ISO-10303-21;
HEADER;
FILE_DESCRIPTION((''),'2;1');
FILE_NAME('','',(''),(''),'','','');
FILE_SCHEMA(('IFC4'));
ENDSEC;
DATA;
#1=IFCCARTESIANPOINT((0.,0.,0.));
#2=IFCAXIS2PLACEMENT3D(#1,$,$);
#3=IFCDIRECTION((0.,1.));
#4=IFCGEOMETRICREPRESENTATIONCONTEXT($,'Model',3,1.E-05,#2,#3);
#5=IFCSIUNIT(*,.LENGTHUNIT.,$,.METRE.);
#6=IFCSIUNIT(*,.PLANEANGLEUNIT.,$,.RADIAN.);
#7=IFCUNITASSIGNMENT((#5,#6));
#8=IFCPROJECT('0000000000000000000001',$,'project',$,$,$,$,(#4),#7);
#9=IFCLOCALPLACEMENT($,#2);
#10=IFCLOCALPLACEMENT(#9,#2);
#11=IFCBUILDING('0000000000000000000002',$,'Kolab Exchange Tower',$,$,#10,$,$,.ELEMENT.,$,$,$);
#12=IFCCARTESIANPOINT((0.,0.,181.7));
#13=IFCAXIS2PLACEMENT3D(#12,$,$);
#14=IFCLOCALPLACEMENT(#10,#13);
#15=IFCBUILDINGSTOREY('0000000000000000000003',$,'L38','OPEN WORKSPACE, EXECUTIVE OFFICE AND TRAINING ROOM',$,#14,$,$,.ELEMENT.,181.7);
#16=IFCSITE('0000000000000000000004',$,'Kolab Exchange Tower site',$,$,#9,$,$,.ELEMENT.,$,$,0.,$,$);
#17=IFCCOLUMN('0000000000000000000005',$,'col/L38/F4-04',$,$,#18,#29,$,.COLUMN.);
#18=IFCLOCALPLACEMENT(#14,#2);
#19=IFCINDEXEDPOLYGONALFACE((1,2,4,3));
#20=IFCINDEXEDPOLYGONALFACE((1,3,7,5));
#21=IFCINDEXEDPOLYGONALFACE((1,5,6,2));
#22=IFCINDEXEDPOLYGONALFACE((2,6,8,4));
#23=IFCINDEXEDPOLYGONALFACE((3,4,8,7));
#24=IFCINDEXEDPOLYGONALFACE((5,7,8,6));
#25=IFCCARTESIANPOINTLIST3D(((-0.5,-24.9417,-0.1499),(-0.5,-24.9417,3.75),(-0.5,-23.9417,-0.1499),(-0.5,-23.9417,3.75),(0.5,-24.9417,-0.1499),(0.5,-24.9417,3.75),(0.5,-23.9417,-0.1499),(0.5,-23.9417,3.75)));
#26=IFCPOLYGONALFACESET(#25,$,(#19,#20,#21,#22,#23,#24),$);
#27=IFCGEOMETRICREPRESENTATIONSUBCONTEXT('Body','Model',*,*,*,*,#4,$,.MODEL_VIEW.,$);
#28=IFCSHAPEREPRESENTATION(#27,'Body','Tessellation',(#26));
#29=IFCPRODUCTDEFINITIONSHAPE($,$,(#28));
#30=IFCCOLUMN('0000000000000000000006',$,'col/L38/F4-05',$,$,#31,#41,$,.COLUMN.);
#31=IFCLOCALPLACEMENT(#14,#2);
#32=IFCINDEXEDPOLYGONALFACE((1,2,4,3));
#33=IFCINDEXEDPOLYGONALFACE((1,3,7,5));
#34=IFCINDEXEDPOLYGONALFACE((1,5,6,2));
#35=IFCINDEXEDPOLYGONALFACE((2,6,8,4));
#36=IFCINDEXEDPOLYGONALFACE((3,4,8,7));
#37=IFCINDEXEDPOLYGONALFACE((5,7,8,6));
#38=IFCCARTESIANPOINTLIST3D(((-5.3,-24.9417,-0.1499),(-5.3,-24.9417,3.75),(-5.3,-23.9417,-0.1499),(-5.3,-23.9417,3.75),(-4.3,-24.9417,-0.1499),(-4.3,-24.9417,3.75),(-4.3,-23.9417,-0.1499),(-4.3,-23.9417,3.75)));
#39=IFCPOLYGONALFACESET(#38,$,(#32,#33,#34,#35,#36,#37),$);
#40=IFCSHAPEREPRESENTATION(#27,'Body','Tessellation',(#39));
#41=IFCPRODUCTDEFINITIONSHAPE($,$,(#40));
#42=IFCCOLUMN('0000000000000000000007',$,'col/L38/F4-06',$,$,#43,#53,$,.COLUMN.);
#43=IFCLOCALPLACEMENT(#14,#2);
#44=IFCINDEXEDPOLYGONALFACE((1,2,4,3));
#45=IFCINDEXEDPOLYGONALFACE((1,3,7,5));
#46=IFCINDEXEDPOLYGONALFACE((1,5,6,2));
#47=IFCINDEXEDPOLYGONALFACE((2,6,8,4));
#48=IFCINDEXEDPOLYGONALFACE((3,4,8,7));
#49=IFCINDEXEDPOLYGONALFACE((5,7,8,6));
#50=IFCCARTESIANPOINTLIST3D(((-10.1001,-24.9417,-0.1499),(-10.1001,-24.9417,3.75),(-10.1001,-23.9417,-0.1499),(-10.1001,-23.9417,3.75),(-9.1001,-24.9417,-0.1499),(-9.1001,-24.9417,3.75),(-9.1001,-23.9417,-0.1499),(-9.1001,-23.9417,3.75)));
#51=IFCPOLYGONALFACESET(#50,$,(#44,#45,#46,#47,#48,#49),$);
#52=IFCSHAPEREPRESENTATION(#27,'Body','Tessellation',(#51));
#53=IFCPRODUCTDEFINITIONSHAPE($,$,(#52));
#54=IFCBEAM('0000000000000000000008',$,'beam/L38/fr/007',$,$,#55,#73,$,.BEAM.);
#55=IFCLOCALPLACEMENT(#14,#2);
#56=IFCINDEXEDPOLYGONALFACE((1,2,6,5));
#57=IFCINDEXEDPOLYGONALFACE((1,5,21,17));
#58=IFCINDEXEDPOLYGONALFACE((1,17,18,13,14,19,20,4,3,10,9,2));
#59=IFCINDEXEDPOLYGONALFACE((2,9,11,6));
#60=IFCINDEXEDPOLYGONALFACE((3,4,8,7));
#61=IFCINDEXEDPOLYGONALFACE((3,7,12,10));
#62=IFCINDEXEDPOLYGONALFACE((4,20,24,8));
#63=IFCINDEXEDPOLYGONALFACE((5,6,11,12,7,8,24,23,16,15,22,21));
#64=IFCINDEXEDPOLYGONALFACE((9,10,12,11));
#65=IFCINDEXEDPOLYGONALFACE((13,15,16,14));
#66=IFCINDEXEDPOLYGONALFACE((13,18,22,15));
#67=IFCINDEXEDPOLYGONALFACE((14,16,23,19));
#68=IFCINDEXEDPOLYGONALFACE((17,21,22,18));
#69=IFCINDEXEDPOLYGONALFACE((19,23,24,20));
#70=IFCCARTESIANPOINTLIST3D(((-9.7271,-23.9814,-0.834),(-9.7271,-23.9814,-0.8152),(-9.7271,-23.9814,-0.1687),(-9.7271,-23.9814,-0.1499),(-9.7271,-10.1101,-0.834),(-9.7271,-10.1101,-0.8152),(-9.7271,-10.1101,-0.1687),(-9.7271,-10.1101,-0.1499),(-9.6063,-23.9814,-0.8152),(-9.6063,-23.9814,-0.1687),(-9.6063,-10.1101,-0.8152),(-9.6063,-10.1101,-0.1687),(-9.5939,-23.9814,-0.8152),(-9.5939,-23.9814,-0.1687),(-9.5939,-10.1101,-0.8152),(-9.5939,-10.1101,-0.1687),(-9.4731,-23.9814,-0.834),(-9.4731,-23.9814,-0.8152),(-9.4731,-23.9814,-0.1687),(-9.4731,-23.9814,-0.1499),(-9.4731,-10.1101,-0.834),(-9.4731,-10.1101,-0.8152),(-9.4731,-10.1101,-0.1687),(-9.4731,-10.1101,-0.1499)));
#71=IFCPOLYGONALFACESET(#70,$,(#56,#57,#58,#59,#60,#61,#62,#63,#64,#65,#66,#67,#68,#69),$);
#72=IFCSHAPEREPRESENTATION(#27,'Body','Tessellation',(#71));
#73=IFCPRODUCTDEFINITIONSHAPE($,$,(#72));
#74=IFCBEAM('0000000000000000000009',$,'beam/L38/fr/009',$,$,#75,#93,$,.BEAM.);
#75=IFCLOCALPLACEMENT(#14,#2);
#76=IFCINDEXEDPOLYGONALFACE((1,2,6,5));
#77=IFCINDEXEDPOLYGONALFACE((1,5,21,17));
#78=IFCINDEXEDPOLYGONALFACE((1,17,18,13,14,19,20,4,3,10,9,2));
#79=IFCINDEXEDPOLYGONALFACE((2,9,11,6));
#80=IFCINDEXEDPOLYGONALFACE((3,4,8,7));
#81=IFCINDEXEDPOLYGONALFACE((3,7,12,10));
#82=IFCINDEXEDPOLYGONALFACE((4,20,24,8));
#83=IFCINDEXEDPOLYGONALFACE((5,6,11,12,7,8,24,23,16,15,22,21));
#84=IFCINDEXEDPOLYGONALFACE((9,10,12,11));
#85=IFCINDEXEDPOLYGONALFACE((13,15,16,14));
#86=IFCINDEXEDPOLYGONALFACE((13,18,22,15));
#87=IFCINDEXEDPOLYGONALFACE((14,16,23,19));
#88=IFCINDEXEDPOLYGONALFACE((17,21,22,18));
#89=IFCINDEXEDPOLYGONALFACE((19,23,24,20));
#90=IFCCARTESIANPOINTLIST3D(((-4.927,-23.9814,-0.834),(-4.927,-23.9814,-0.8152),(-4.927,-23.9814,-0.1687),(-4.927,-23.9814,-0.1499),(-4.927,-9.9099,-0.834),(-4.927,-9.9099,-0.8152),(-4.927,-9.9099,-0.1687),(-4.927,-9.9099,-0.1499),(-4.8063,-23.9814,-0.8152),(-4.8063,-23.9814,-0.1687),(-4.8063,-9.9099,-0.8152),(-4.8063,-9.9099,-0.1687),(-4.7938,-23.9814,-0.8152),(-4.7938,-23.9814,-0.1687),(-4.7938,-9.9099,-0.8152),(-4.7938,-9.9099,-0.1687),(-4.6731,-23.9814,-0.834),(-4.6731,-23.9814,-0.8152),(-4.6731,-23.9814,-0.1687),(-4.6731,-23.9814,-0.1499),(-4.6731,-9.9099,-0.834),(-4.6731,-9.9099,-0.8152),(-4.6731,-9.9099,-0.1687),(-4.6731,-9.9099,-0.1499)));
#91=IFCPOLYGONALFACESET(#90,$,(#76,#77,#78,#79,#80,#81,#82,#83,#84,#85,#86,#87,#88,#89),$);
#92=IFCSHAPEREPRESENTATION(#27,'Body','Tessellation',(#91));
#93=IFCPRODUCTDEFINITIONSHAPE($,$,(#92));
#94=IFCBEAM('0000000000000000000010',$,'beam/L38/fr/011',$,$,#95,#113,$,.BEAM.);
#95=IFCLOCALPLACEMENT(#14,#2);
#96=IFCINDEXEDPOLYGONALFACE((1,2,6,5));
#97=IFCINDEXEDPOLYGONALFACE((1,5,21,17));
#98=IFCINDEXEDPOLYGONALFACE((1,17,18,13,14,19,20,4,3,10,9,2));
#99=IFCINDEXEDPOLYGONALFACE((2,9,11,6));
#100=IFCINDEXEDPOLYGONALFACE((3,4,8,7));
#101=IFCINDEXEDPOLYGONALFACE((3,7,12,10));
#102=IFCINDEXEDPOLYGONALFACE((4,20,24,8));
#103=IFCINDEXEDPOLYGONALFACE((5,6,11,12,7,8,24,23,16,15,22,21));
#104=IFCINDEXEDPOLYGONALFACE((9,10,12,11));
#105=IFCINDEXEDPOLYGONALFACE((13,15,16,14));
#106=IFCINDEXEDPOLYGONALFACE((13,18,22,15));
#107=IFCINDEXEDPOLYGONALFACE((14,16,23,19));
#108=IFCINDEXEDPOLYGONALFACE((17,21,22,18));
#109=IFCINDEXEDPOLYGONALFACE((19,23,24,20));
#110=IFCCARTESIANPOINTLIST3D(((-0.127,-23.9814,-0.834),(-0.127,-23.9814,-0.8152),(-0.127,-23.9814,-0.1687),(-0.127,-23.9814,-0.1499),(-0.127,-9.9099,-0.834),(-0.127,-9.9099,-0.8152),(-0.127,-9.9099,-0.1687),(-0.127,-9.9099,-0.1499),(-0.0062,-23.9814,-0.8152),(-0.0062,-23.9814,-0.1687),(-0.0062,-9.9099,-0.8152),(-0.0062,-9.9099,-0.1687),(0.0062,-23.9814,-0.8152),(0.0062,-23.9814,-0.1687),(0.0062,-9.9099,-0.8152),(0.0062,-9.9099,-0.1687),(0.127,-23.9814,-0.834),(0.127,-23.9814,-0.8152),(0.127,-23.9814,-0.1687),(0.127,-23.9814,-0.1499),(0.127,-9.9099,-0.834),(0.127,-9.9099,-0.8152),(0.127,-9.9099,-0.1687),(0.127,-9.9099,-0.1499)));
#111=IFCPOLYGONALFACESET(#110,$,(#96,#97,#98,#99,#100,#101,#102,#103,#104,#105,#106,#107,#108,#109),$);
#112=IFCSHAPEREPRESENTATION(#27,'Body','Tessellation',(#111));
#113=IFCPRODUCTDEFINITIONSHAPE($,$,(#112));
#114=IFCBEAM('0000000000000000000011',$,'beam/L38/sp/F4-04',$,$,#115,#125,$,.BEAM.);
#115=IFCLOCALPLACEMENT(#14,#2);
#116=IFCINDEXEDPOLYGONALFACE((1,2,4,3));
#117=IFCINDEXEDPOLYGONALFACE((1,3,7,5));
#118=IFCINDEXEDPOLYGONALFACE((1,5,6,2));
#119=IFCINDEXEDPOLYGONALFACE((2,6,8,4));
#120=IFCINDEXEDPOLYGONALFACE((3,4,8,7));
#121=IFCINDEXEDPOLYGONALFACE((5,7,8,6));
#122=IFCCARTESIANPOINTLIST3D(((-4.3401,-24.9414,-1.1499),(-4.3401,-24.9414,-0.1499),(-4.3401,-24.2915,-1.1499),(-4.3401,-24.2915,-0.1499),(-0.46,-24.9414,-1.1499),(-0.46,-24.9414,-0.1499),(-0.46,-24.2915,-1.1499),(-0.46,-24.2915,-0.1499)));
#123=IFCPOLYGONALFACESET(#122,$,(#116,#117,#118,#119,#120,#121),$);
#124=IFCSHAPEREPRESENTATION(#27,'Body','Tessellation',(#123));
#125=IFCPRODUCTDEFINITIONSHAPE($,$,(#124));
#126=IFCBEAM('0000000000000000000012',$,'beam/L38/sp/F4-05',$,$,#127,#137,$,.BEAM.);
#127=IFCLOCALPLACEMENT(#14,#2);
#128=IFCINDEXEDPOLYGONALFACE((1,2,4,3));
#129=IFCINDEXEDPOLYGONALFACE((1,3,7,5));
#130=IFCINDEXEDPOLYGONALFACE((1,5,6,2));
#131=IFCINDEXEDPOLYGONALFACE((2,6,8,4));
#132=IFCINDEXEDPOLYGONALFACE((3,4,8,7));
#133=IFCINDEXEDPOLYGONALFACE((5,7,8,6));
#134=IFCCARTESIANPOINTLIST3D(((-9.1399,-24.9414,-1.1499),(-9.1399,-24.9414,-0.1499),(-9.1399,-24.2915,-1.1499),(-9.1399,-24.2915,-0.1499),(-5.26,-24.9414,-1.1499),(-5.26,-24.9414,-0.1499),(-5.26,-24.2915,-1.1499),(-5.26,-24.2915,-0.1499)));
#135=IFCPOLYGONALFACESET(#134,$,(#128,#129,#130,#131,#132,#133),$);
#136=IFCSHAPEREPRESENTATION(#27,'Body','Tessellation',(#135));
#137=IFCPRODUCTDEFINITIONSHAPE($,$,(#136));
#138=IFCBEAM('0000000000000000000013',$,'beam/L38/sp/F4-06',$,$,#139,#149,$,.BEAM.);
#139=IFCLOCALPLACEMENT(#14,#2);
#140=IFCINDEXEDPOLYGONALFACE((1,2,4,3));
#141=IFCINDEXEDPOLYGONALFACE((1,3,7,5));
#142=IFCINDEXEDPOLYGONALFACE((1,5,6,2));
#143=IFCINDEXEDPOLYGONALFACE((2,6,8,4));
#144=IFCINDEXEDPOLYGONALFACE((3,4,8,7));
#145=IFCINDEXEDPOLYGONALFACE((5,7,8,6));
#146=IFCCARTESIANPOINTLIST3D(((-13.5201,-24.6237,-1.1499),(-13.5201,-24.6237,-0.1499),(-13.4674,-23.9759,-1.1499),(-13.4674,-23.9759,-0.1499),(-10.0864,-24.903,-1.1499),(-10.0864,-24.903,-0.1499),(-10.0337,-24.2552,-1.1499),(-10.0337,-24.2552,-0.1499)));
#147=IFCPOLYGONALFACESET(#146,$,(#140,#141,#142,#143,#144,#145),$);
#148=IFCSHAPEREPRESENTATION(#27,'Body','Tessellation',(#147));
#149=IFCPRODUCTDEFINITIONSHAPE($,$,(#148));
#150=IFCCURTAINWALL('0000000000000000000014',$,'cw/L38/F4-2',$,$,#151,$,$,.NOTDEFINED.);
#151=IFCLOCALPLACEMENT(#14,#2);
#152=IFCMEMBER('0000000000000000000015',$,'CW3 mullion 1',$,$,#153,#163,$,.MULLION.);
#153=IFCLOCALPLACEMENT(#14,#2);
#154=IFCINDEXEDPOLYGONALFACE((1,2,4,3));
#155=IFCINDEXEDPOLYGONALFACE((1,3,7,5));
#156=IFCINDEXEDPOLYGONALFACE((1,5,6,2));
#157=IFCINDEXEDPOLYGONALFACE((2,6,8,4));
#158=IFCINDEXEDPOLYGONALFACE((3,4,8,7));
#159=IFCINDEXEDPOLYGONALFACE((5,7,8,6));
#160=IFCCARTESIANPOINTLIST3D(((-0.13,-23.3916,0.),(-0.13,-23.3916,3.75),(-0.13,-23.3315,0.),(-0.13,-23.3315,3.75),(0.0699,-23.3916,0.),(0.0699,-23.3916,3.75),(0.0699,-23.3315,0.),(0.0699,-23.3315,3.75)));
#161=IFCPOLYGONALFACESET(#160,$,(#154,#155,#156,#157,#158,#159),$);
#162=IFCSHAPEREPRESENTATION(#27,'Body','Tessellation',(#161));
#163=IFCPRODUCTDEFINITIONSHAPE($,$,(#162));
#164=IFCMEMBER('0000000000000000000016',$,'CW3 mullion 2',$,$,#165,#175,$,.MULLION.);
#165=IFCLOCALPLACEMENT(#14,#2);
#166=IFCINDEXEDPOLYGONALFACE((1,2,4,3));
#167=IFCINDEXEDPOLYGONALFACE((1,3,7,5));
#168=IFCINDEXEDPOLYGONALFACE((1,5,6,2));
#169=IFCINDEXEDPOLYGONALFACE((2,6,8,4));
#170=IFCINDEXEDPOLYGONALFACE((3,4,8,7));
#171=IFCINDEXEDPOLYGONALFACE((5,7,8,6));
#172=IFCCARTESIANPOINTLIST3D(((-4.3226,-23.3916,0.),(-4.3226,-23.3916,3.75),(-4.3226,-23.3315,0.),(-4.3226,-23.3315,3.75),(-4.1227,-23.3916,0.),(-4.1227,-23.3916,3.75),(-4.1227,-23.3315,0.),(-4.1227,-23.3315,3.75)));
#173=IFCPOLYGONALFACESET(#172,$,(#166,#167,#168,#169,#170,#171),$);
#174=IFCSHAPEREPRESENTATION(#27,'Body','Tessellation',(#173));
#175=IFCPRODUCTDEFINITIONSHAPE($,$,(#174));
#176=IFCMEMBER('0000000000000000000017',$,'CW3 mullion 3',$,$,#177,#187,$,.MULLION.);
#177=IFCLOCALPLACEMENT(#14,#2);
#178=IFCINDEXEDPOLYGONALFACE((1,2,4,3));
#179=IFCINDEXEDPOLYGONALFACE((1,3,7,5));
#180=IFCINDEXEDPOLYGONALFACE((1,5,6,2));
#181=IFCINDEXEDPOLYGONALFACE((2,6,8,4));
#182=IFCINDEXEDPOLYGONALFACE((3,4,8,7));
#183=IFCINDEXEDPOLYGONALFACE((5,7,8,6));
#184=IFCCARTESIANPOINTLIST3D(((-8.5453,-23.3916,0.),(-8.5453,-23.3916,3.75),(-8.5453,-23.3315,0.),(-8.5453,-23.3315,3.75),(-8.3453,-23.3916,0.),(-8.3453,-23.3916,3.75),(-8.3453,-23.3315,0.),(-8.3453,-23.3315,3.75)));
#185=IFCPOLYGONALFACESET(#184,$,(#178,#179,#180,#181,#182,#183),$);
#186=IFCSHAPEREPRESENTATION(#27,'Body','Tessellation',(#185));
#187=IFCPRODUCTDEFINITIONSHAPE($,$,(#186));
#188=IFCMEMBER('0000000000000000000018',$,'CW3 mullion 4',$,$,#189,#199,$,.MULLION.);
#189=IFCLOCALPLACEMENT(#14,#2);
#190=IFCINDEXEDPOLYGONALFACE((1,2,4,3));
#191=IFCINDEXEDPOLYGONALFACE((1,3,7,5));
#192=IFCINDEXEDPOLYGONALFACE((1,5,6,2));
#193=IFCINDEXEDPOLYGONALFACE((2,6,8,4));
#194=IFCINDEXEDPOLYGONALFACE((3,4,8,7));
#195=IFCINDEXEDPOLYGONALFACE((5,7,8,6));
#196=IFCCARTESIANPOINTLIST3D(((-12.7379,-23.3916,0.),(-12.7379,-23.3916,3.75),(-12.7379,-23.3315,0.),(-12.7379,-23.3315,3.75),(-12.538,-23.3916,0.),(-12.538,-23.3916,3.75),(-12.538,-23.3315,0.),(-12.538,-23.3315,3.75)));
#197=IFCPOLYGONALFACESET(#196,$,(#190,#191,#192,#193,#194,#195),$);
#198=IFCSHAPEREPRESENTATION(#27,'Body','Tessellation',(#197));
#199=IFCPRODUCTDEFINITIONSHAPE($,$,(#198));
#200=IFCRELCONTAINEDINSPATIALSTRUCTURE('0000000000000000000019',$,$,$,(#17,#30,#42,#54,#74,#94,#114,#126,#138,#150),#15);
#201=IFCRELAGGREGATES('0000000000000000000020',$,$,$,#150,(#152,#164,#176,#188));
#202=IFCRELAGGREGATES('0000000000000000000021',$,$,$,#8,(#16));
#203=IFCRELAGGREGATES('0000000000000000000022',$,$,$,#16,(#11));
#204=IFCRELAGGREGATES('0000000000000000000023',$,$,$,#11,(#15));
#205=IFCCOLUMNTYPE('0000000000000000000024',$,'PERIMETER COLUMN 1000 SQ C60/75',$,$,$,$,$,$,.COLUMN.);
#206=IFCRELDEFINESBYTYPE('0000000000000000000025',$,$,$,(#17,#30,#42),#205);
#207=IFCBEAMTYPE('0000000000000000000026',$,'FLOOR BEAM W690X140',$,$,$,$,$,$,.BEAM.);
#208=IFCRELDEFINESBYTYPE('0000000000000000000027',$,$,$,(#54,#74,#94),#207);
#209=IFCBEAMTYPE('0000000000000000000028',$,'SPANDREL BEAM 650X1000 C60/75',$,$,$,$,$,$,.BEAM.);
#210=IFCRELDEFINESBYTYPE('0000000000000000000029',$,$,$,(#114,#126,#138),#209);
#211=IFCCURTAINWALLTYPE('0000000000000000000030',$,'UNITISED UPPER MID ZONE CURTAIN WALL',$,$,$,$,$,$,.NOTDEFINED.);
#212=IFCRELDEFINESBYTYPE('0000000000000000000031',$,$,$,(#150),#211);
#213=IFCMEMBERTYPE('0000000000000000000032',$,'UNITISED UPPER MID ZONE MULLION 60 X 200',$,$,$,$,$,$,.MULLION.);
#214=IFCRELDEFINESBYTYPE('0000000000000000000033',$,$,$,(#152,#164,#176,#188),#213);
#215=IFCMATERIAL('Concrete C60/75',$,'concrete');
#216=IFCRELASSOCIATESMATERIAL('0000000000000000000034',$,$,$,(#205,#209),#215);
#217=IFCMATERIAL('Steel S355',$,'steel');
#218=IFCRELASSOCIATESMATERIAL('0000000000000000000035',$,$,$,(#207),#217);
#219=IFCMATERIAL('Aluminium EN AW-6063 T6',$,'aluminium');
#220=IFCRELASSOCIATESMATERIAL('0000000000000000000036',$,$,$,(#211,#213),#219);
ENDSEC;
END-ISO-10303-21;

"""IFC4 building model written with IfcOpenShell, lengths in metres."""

from ifc_helpers import new_model, si_unit, direction, frame, origin, origin_2d, place, context, subcontext, project, spatial, rectangle, i_section, extrude, material, material_profile, profile_set, type_object, element, aggregate, save


model = new_model("IFC4")

# Units and contexts
model_context = context("Model", 3, precision=1e-05, world=origin(), true_north=direction((0.0, 1.0)))
body_context = subcontext(model_context, "Body", "Model", "MODEL_VIEW")
ifc_project = project(units=[si_unit("LENGTHUNIT", "METRE"), si_unit("PLANEANGLEUNIT", "RADIAN")], contexts=[model_context])

# Site, building, storey
site_placement = place(None, origin())
site = spatial("IfcSite", under=ifc_project, at=site_placement, Name="Kolab Exchange Tower site", CompositionType="ELEMENT", RefElevation=0.0)
building_placement = place(site_placement, origin())
building = spatial("IfcBuilding", under=site, at=building_placement, Name="Kolab Exchange Tower", CompositionType="ELEMENT")
storey_placement = place(building_placement, frame((0.0, 0.0, 181.7)))
storey = spatial("IfcBuildingStorey", under=building, at=storey_placement, Name="L38", Description="OPEN WORKSPACE, EXECUTIVE OFFICE AND TRAINING ROOM", CompositionType="ELEMENT", Elevation=181.7)

# Columns
ifc_material_1 = material(Name="Concrete C60/75", Category="concrete")
ifc_material_profile_1 = material_profile(ifc_material_1, rectangle(XDim=1.0, YDim=1.0, at=origin_2d()), Name="RC1000")
ifc_profile_set_1 = profile_set([ifc_material_profile_1], Name="Concrete C60/75")
column_type = type_object("IfcColumnType", Name="PERIMETER COLUMN 1000 SQ C60/75", PredefinedType="COLUMN", material=ifc_profile_set_1)
for number, where, z_axis, x_axis, name in (
    (1, (0.0, -24.4417, -0.1499), (0.0, 0.0, 1.0), (1.0, 0.0, 0.0), "col/L38/F4-04"),
    (2, (-4.8, -24.4417, -0.1499), (0.0, 0.0, 1.0), (1.0, 0.0, 0.0), "col/L38/F4-05"),
    (3, (-9.6001, -24.4417, -0.1499), (0.0, 0.0, 1.0), (1.0, 0.0, 0.0), "col/L38/F4-06"),
):
    element("IfcColumn", number, at=place(storey_placement, frame(where, z_axis=z_axis, x_axis=x_axis)), inside=storey, type_object=column_type, Name=name, PredefinedType="COLUMN", context=body_context, shape_type="SweptSolid", body=[
        extrude(rectangle(XDim=1.0, YDim=1.0, at=origin_2d()), origin(), (0.0, 0.0, 1.0), 3.8999),
    ])

# Beams
ifc_material_2 = material(Name="Steel S355", Category="steel")
ifc_material_profile_2 = material_profile(ifc_material_2, i_section(OverallWidth=0.2539, OverallDepth=0.6841, WebThickness=0.0125, FlangeThickness=0.0188, at=origin_2d()), Name="W690X140")
ifc_profile_set_2 = profile_set([ifc_material_profile_2], Name="Steel S355")
beam_type_1 = type_object("IfcBeamType", Name="FLOOR BEAM W690X140", PredefinedType="BEAM", material=ifc_profile_set_2)
beam_1_placement = place(storey_placement, frame((-9.6001, -23.9814, -0.4919), z_axis=(0.0, 1.0, 0.0), x_axis=(-1.0, 0.0, 0.0)))
element("IfcBeam", 4, at=beam_1_placement, inside=storey, type_object=beam_type_1, Name="beam/L38/fr/007", PredefinedType="BEAM", context=body_context, shape_type="SweptSolid", body=[
    extrude(i_section(OverallWidth=0.2539, OverallDepth=0.6841, WebThickness=0.0125, FlangeThickness=0.0188, at=origin_2d()), origin(), (0.0, 0.0, 1.0), 13.8713),
])
for number, where, z_axis, x_axis, name in (
    (5, (-4.8, -23.9814, -0.4919), (0.0, 1.0, 0.0), (-1.0, 0.0, 0.0), "beam/L38/fr/009"),
    (6, (0.0, -23.9814, -0.4919), (0.0, 1.0, 0.0), (-1.0, 0.0, 0.0), "beam/L38/fr/011"),
):
    element("IfcBeam", number, at=place(storey_placement, frame(where, z_axis=z_axis, x_axis=x_axis)), inside=storey, type_object=beam_type_1, Name=name, PredefinedType="BEAM", context=body_context, shape_type="SweptSolid", body=[
        extrude(i_section(OverallWidth=0.2539, OverallDepth=0.6841, WebThickness=0.0125, FlangeThickness=0.0188, at=origin_2d()), origin(), (0.0, 0.0, 1.0), 14.0715),
    ])
ifc_material_profile_3 = material_profile(ifc_material_1, rectangle(XDim=0.6499, YDim=1.0, at=origin_2d()), Name="RC650X1000")
ifc_profile_set_3 = profile_set([ifc_material_profile_3], Name="Concrete C60/75")
beam_type_2 = type_object("IfcBeamType", Name="SPANDREL BEAM 650X1000 C60/75", PredefinedType="BEAM", material=ifc_profile_set_3)
beam_2_placement = place(storey_placement, frame((-0.46, -24.6165, -0.6499), z_axis=(-1.0, 0.0, 0.0), x_axis=(0.0, -1.0, 0.0)))
element("IfcBeam", 7, at=beam_2_placement, inside=storey, type_object=beam_type_2, Name="beam/L38/sp/F4-04", PredefinedType="BEAM", context=body_context, shape_type="SweptSolid", body=[
    extrude(rectangle(XDim=0.6499, YDim=1.0, at=origin_2d()), origin(), (0.0, 0.0, 1.0), 3.8801),
])
beam_3_placement = place(storey_placement, frame((-5.26, -24.6165, -0.6499), z_axis=(-1.0, 0.0, 0.0), x_axis=(0.0, -1.0, 0.0)))
element("IfcBeam", 8, at=beam_3_placement, inside=storey, type_object=beam_type_2, Name="beam/L38/sp/F4-05", PredefinedType="BEAM", context=body_context, shape_type="SweptSolid", body=[
    extrude(rectangle(XDim=0.6499, YDim=1.0, at=origin_2d()), origin(), (0.0, 0.0, 1.0), 3.8799),
])
beam_4_placement = place(storey_placement, frame((-10.0601, -24.5791, -0.6499), z_axis=(-0.996708, 0.081069, 0.0), x_axis=(-0.081069, -0.996708, 0.0)))
element("IfcBeam", 9, at=beam_4_placement, inside=storey, type_object=beam_type_2, Name="beam/L38/sp/F4-06", PredefinedType="BEAM", context=body_context, shape_type="SweptSolid", body=[
    extrude(rectangle(XDim=0.6499, YDim=1.0, at=origin_2d()), origin(), (0.0, 0.0, 1.0), 3.4451),
])

# Curtain wall, members
ifc_material_3 = material(Name="Aluminium EN AW-6063 T6", Category="aluminium")
curtain_wall_type = type_object("IfcCurtainWallType", Name="UNITISED UPPER MID ZONE CURTAIN WALL", PredefinedType="NOTDEFINED", material=ifc_material_3)
curtain_wall_placement = place(storey_placement, origin())
curtain_wall = element("IfcCurtainWall", 10, at=curtain_wall_placement, inside=storey, type_object=curtain_wall_type, Name="cw/L38/F4-2", PredefinedType="NOTDEFINED")
ifc_material_profile_4 = material_profile(ifc_material_3, rectangle(XDim=0.0601, YDim=0.2, at=origin_2d()), Name="RECT 60X200")
ifc_profile_set_4 = profile_set([ifc_material_profile_4], Name="Aluminium EN AW-6063 T6")
member_type_1 = type_object("IfcMemberType", Name="UNITISED UPPER MID ZONE MULLION 60 X 200", PredefinedType="MULLION", material=ifc_profile_set_4)
member_1_placement = place(storey_placement, frame((-0.03, -23.3616, 0.0), z_axis=(0.0, 0.0, 1.0), x_axis=(0.0, -1.0, 0.0)))
member_1 = element("IfcMember", 11, at=member_1_placement, type_object=member_type_1, Name="CW3 mullion 1", PredefinedType="MULLION", context=body_context, shape_type="SweptSolid", body=[
    extrude(rectangle(XDim=0.0601, YDim=0.2, at=origin_2d()), origin(), (0.0, 0.0, 1.0), 3.75),
])
member_2_placement = place(storey_placement, frame((-4.2227, -23.3616, 0.0), z_axis=(0.0, 0.0, 1.0), x_axis=(0.0, -1.0, 0.0)))
member_2 = element("IfcMember", 12, at=member_2_placement, type_object=member_type_1, Name="CW3 mullion 2", PredefinedType="MULLION", context=body_context, shape_type="SweptSolid", body=[
    extrude(rectangle(XDim=0.0601, YDim=0.2, at=origin_2d()), origin(), (0.0, 0.0, 1.0), 3.75),
])
member_3_placement = place(storey_placement, frame((-8.4453, -23.3616, 0.0), z_axis=(0.0, 0.0, 1.0), x_axis=(0.0, -1.0, 0.0)))
member_3 = element("IfcMember", 13, at=member_3_placement, type_object=member_type_1, Name="CW3 mullion 3", PredefinedType="MULLION", context=body_context, shape_type="SweptSolid", body=[
    extrude(rectangle(XDim=0.0601, YDim=0.2, at=origin_2d()), origin(), (0.0, 0.0, 1.0), 3.75),
])
member_4_placement = place(storey_placement, frame((-12.6379, -23.3616, 0.0), z_axis=(0.0, 0.0, 1.0), x_axis=(0.0, -1.0, 0.0)))
member_4 = element("IfcMember", 14, at=member_4_placement, type_object=member_type_1, Name="CW3 mullion 4", PredefinedType="MULLION", context=body_context, shape_type="SweptSolid", body=[
    extrude(rectangle(XDim=0.0601, YDim=0.2, at=origin_2d()), origin(), (0.0, 0.0, 1.0), 3.75),
])
aggregate(curtain_wall, [member_1, member_2, member_3, member_4])

save(model, "model.ifc")
